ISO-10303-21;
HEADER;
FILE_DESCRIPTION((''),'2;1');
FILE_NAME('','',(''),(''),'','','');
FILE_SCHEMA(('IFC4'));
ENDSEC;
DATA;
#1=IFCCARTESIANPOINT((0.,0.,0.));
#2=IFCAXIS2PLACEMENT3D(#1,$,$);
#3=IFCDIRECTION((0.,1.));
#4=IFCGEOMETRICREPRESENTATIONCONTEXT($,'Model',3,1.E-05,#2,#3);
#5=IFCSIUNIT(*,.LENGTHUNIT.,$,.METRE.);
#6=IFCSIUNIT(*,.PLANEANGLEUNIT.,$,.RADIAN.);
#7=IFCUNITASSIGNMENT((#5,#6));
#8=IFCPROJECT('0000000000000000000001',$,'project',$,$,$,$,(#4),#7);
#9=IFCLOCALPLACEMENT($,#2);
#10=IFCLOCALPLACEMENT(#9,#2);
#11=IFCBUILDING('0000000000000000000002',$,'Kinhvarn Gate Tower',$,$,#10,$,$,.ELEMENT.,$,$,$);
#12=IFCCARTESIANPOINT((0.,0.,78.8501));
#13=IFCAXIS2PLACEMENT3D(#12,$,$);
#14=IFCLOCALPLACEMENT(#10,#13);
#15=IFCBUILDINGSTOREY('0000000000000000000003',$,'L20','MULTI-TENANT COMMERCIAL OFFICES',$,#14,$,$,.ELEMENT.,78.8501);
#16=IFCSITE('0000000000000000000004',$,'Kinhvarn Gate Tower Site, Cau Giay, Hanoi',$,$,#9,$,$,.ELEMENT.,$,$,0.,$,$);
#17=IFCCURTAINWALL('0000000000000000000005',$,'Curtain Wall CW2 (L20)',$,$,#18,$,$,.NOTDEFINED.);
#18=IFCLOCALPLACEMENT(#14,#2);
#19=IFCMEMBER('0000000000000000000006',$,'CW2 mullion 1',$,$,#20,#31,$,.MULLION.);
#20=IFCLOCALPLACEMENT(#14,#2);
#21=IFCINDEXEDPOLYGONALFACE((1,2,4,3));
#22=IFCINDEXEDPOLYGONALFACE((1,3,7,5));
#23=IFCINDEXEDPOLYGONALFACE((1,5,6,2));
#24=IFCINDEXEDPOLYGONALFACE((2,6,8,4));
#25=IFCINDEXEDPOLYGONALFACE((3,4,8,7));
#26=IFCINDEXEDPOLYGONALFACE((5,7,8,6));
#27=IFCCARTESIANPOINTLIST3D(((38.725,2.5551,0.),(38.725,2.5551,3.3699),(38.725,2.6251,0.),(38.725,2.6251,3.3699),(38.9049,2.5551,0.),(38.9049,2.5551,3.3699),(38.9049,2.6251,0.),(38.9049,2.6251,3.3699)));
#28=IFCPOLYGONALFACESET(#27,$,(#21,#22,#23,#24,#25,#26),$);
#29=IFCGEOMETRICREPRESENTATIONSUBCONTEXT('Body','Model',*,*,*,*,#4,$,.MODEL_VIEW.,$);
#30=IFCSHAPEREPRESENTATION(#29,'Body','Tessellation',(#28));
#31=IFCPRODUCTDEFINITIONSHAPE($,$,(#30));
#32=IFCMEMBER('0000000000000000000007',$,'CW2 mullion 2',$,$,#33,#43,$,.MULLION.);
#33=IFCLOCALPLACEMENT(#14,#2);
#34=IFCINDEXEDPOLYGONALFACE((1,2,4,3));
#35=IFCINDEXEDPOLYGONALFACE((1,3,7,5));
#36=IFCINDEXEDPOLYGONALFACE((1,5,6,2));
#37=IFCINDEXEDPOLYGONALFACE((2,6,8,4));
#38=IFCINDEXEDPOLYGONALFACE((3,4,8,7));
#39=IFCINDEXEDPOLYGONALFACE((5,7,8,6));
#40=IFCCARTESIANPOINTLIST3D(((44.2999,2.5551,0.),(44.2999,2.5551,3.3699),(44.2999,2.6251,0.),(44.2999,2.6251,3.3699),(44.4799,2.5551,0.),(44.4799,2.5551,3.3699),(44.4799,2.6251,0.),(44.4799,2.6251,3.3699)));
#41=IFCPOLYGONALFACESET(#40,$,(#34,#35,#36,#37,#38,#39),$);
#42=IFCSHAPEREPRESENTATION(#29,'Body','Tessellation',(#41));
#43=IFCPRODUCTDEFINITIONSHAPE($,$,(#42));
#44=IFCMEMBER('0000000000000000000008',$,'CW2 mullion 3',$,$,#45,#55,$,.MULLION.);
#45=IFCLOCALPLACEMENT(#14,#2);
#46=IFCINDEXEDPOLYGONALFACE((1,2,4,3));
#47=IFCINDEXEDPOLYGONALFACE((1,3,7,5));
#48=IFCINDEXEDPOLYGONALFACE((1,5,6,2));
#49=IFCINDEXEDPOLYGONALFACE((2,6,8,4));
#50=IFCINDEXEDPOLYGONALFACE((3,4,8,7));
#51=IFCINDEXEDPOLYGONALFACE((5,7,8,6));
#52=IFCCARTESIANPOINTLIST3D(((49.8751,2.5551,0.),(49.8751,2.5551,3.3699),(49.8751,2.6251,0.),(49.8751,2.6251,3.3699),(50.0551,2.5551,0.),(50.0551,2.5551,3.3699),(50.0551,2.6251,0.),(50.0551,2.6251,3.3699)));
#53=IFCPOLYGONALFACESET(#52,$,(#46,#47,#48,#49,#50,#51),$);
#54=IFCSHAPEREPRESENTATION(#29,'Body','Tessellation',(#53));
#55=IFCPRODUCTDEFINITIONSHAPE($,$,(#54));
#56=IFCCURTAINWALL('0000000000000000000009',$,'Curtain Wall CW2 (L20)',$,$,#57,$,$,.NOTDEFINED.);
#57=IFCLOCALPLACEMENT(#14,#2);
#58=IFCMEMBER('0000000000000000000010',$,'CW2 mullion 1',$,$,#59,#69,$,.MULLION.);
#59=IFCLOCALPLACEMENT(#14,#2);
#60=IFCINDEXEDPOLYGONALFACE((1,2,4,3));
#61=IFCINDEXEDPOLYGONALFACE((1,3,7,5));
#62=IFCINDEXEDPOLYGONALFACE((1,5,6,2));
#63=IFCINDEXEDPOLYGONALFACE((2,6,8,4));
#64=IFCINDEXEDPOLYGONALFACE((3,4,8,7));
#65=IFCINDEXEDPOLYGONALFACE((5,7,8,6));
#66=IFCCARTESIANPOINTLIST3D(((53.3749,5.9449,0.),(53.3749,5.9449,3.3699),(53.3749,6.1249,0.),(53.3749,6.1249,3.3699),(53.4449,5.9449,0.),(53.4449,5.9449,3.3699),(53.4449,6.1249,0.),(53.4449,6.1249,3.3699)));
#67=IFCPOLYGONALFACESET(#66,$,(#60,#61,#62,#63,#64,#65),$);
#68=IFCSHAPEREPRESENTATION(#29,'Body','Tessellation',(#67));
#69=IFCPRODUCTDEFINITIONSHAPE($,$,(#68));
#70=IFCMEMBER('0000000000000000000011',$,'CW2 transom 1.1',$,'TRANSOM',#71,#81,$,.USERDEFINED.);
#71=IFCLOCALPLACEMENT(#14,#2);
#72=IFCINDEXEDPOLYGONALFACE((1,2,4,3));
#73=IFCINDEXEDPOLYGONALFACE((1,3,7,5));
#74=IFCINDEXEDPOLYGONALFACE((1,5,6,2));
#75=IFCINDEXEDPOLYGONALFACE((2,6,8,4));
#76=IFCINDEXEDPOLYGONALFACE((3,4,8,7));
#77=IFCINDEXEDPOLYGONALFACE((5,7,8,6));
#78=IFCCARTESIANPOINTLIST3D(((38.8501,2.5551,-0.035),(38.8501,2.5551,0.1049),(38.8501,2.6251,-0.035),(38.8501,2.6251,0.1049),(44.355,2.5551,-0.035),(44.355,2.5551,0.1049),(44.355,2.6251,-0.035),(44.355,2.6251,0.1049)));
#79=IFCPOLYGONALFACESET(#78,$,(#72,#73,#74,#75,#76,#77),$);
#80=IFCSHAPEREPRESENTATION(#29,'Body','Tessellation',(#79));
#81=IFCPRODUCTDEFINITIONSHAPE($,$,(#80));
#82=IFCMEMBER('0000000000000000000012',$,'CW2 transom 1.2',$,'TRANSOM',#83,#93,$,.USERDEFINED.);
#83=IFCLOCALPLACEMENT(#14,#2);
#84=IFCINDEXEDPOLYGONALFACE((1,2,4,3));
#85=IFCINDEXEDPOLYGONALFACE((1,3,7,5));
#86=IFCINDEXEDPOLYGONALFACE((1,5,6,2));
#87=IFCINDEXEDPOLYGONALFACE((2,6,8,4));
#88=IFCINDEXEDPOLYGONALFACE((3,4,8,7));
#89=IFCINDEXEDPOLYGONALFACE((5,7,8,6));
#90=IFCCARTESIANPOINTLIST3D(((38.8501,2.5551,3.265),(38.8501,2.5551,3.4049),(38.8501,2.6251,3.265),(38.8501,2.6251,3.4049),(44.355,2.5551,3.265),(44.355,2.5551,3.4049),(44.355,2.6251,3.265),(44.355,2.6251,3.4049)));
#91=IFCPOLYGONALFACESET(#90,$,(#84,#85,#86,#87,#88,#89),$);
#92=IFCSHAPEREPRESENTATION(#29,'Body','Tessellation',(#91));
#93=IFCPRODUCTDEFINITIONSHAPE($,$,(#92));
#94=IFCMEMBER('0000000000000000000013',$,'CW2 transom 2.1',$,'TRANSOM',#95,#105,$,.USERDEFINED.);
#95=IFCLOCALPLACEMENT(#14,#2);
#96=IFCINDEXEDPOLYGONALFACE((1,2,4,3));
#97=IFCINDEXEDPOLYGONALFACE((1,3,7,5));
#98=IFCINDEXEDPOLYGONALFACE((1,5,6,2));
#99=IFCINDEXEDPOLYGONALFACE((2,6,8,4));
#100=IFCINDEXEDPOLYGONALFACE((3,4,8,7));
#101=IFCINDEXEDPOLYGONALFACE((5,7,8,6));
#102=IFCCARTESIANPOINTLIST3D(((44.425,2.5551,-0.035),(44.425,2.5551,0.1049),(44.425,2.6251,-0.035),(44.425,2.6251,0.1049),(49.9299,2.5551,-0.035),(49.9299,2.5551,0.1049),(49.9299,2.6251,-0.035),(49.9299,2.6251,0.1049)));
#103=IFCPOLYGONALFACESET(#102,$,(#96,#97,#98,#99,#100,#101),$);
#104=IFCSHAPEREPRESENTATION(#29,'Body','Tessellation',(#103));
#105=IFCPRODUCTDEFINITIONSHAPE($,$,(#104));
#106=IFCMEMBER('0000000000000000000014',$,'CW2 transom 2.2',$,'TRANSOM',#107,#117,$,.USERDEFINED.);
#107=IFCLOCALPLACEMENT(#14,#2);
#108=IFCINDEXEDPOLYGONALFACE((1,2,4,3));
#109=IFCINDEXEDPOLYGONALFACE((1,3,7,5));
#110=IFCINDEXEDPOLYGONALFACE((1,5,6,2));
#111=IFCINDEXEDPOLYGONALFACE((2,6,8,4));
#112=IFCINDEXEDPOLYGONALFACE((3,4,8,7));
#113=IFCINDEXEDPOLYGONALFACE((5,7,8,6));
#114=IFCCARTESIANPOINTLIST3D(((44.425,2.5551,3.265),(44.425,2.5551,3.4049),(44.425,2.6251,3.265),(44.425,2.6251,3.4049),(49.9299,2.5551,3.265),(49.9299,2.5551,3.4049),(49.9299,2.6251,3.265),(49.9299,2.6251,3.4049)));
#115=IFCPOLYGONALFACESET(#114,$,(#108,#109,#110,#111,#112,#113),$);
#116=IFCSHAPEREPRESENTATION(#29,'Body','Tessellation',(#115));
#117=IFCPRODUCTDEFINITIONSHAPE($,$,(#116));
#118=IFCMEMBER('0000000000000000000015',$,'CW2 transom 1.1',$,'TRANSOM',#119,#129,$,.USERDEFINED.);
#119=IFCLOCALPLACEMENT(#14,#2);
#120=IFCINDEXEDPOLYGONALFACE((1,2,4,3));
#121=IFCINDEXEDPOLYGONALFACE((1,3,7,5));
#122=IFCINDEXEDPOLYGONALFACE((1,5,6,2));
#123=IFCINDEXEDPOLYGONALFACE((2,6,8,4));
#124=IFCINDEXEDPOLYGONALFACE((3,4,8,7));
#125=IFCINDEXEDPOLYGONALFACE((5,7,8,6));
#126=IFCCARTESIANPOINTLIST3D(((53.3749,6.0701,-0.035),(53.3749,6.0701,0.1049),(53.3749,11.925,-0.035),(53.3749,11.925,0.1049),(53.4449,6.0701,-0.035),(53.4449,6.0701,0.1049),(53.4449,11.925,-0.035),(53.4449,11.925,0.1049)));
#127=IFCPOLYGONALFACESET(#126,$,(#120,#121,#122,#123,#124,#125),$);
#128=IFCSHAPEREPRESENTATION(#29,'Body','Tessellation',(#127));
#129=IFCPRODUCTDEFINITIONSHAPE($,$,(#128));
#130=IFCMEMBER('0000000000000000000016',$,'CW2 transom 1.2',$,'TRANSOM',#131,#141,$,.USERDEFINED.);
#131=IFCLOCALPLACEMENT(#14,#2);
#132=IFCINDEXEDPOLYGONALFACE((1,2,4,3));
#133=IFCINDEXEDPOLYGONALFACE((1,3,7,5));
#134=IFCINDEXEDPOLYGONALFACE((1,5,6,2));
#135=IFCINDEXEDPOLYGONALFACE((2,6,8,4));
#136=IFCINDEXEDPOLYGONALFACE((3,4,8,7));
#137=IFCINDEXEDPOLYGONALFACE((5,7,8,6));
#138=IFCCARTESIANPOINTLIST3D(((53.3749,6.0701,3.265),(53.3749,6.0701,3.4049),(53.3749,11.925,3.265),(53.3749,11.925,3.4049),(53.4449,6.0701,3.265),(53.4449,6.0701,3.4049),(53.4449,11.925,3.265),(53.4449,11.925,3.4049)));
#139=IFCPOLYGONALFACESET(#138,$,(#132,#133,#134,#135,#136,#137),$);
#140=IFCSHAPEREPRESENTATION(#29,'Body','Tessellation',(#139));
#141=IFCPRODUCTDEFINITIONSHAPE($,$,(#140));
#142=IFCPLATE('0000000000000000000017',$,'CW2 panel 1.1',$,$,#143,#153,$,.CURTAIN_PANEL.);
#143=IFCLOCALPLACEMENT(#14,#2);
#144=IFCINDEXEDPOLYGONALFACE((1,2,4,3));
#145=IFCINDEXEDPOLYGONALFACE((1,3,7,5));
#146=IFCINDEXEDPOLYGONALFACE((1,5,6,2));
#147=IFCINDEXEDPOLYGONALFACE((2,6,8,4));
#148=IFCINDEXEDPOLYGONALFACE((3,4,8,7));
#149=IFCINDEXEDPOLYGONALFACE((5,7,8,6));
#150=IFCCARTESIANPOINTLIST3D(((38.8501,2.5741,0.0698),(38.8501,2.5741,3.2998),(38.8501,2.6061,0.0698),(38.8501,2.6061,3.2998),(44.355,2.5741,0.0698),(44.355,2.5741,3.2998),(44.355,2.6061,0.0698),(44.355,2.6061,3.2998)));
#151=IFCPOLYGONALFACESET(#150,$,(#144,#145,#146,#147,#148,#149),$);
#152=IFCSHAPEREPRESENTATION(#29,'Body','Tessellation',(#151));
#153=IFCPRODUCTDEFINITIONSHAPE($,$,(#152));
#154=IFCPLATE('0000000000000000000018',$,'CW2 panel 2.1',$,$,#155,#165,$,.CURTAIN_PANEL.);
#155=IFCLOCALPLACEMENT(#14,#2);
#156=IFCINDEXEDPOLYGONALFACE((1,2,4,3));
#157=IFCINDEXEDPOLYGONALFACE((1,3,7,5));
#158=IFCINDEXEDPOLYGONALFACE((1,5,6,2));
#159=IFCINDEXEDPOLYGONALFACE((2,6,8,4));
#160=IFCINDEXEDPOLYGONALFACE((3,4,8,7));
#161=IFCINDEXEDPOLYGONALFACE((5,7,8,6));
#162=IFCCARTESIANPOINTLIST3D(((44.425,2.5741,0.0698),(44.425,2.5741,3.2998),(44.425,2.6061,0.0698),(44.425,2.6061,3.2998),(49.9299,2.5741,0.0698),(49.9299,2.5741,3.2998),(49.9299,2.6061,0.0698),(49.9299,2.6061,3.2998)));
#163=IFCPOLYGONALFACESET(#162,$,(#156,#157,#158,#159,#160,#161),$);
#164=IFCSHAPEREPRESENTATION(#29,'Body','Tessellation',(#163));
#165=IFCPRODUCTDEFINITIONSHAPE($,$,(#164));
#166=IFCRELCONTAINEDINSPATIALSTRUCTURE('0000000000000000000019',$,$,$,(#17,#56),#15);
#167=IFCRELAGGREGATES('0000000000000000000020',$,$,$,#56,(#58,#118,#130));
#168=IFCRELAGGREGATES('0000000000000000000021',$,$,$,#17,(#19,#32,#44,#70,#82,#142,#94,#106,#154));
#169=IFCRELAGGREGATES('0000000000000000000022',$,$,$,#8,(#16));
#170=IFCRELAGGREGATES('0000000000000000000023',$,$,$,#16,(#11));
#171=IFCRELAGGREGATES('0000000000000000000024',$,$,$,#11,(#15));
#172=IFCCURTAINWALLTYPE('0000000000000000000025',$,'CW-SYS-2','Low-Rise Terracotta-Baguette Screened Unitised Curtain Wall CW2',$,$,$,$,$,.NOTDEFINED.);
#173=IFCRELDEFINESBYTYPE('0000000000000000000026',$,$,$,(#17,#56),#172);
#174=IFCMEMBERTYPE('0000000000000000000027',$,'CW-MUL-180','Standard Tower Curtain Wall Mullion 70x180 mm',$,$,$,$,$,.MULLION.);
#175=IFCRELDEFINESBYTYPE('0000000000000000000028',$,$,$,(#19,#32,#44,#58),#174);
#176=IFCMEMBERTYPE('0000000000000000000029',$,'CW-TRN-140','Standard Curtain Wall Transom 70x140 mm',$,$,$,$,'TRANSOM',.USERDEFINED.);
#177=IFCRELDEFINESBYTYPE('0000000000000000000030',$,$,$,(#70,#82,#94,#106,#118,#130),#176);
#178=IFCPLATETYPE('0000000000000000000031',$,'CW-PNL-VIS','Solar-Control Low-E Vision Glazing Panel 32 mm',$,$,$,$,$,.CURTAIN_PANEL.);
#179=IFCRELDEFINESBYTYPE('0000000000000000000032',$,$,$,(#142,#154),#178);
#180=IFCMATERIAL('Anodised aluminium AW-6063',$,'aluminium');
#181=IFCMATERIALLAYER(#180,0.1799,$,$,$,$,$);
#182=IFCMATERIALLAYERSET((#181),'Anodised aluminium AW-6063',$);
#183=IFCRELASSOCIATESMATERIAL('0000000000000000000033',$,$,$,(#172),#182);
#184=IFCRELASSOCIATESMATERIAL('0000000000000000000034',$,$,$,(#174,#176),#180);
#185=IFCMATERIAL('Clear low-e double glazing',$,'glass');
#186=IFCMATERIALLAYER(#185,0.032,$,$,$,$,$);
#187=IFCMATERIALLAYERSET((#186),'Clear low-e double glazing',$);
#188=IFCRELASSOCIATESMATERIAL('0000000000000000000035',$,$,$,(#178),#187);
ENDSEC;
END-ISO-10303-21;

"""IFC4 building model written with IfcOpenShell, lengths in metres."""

from ifc_helpers import new_model, si_unit, direction, frame, origin, origin_2d, place, context, subcontext, project, spatial, rectangle, extrude, material, layer, layer_set, material_profile, profile_set, type_object, element, aggregate, save


model = new_model("IFC4")

# Units and contexts
model_context = context("Model", 3, precision=1e-05, world=origin(), true_north=direction((0.0, 1.0)))
body_context = subcontext(model_context, "Body", "Model", "MODEL_VIEW")
ifc_project = project(units=[si_unit("LENGTHUNIT", "METRE"), si_unit("PLANEANGLEUNIT", "RADIAN")], contexts=[model_context])

# Site, building, storey
site_placement = place(None, origin())
site = spatial("IfcSite", under=ifc_project, at=site_placement, Name="Kinhvarn Gate Tower Site, Cau Giay, Hanoi", CompositionType="ELEMENT", RefElevation=0.0)
building_placement = place(site_placement, origin())
building = spatial("IfcBuilding", under=site, at=building_placement, Name="Kinhvarn Gate Tower", CompositionType="ELEMENT")
storey_placement = place(building_placement, frame((0.0, 0.0, 78.8501)))
storey = spatial("IfcBuildingStorey", under=building, at=storey_placement, Name="L20", Description="MULTI-TENANT COMMERCIAL OFFICES", CompositionType="ELEMENT", Elevation=78.8501)

# Curtain wall, members
ifc_material_1 = material(Name="Anodised aluminium AW-6063", Category="aluminium")
ifc_layer_1 = layer(ifc_material_1, 0.1799)
ifc_layer_set_1 = layer_set([ifc_layer_1], Name="Anodised aluminium AW-6063")
curtain_wall_type = type_object("IfcCurtainWallType", Name="CW-SYS-2", Description="Low-Rise Terracotta-Baguette Screened Unitised Curtain Wall CW2", PredefinedType="NOTDEFINED", material=ifc_layer_set_1)
curtain_wall_1_placement = place(storey_placement, origin())
curtain_wall_1 = element("IfcCurtainWall", 1, at=curtain_wall_1_placement, inside=storey, type_object=curtain_wall_type, Name="Curtain Wall CW2 (L20)", PredefinedType="NOTDEFINED")
ifc_material_profile_1 = material_profile(ifc_material_1, rectangle(XDim=0.0701, YDim=0.1799, at=origin_2d()), Name="ALU 70x180")
ifc_profile_set_1 = profile_set([ifc_material_profile_1], Name="Anodised aluminium AW-6063")
member_type_1 = type_object("IfcMemberType", Name="CW-MUL-180", Description="Standard Tower Curtain Wall Mullion 70x180 mm", PredefinedType="MULLION", material=ifc_profile_set_1)
member_1_placement = place(storey_placement, frame((38.8149, 2.5901, 0.0), z_axis=(0.0, 0.0, 1.0), x_axis=(0.0, 1.0, 0.0)))
member_1 = element("IfcMember", 2, at=member_1_placement, type_object=member_type_1, Name="CW2 mullion 1", PredefinedType="MULLION", context=body_context, shape_type="SweptSolid", body=[
    extrude(rectangle(XDim=0.0701, YDim=0.1799, at=origin_2d()), origin(), (0.0, 0.0, 1.0), 3.3699),
])
member_2_placement = place(storey_placement, frame((44.3899, 2.5901, 0.0), z_axis=(0.0, 0.0, 1.0), x_axis=(0.0, 1.0, 0.0)))
member_2 = element("IfcMember", 3, at=member_2_placement, type_object=member_type_1, Name="CW2 mullion 2", PredefinedType="MULLION", context=body_context, shape_type="SweptSolid", body=[
    extrude(rectangle(XDim=0.0701, YDim=0.1799, at=origin_2d()), origin(), (0.0, 0.0, 1.0), 3.3699),
])
member_3_placement = place(storey_placement, frame((49.9651, 2.5901, 0.0), z_axis=(0.0, 0.0, 1.0), x_axis=(0.0, 1.0, 0.0)))
member_3 = element("IfcMember", 4, at=member_3_placement, type_object=member_type_1, Name="CW2 mullion 3", PredefinedType="MULLION", context=body_context, shape_type="SweptSolid", body=[
    extrude(rectangle(XDim=0.0701, YDim=0.1799, at=origin_2d()), origin(), (0.0, 0.0, 1.0), 3.3699),
])

# Curtain wall, member
curtain_wall_2_placement = place(storey_placement, origin())
curtain_wall_2 = element("IfcCurtainWall", 5, at=curtain_wall_2_placement, inside=storey, type_object=curtain_wall_type, Name="Curtain Wall CW2 (L20)", PredefinedType="NOTDEFINED")
member_4_placement = place(storey_placement, frame((53.4099, 6.0349, 0.0), z_axis=(0.0, 0.0, 1.0), x_axis=(-1.0, 0.0, 0.0)))
member_4 = element("IfcMember", 6, at=member_4_placement, type_object=member_type_1, Name="CW2 mullion 1", PredefinedType="MULLION", context=body_context, shape_type="SweptSolid", body=[
    extrude(rectangle(XDim=0.0701, YDim=0.1799, at=origin_2d()), origin(), (0.0, 0.0, 1.0), 3.3699),
])

# Members
ifc_material_profile_2 = material_profile(ifc_material_1, rectangle(XDim=0.0701, YDim=0.1399, at=origin_2d()), Name="ALU 70x140")
ifc_profile_set_2 = profile_set([ifc_material_profile_2], Name="Anodised aluminium AW-6063")
member_type_2 = type_object("IfcMemberType", Name="CW-TRN-140", Description="Standard Curtain Wall Transom 70x140 mm", ElementType="TRANSOM", PredefinedType="USERDEFINED", material=ifc_profile_set_2)
member_5_placement = place(storey_placement, frame((38.8501, 2.5901, 0.0349), z_axis=(1.0, 0.0, 0.0), x_axis=(0.0, 1.0, 0.0)))
member_5 = element("IfcMember", 7, at=member_5_placement, type_object=member_type_2, Name="CW2 transom 1.1", ObjectType="TRANSOM", PredefinedType="USERDEFINED", context=body_context, shape_type="SweptSolid", body=[
    extrude(rectangle(XDim=0.0701, YDim=0.1399, at=origin_2d()), origin(), (0.0, 0.0, 1.0), 5.5049),
])
member_6_placement = place(storey_placement, frame((38.8501, 2.5901, 3.335), z_axis=(1.0, 0.0, 0.0), x_axis=(0.0, 1.0, 0.0)))
member_6 = element("IfcMember", 8, at=member_6_placement, type_object=member_type_2, Name="CW2 transom 1.2", ObjectType="TRANSOM", PredefinedType="USERDEFINED", context=body_context, shape_type="SweptSolid", body=[
    extrude(rectangle(XDim=0.0701, YDim=0.1399, at=origin_2d()), origin(), (0.0, 0.0, 1.0), 5.5049),
])
member_7_placement = place(storey_placement, frame((44.425, 2.5901, 0.0349), z_axis=(1.0, 0.0, 0.0), x_axis=(0.0, 1.0, 0.0)))
member_7 = element("IfcMember", 9, at=member_7_placement, type_object=member_type_2, Name="CW2 transom 2.1", ObjectType="TRANSOM", PredefinedType="USERDEFINED", context=body_context, shape_type="SweptSolid", body=[
    extrude(rectangle(XDim=0.0701, YDim=0.1399, at=origin_2d()), origin(), (0.0, 0.0, 1.0), 5.5049),
])
member_8_placement = place(storey_placement, frame((44.425, 2.5901, 3.335), z_axis=(1.0, 0.0, 0.0), x_axis=(0.0, 1.0, 0.0)))
member_8 = element("IfcMember", 10, at=member_8_placement, type_object=member_type_2, Name="CW2 transom 2.2", ObjectType="TRANSOM", PredefinedType="USERDEFINED", context=body_context, shape_type="SweptSolid", body=[
    extrude(rectangle(XDim=0.0701, YDim=0.1399, at=origin_2d()), origin(), (0.0, 0.0, 1.0), 5.5049),
])
member_9_placement = place(storey_placement, frame((53.4099, 6.0701, 0.0349), z_axis=(0.0, 1.0, 0.0), x_axis=(-1.0, 0.0, 0.0)))
member_9 = element("IfcMember", 11, at=member_9_placement, type_object=member_type_2, Name="CW2 transom 1.1", ObjectType="TRANSOM", PredefinedType="USERDEFINED", context=body_context, shape_type="SweptSolid", body=[
    extrude(rectangle(XDim=0.0701, YDim=0.1399, at=origin_2d()), origin(), (0.0, 0.0, 1.0), 5.855),
])
member_10_placement = place(storey_placement, frame((53.4099, 6.0701, 3.335), z_axis=(0.0, 1.0, 0.0), x_axis=(-1.0, 0.0, 0.0)))
member_10 = element("IfcMember", 12, at=member_10_placement, type_object=member_type_2, Name="CW2 transom 1.2", ObjectType="TRANSOM", PredefinedType="USERDEFINED", context=body_context, shape_type="SweptSolid", body=[
    extrude(rectangle(XDim=0.0701, YDim=0.1399, at=origin_2d()), origin(), (0.0, 0.0, 1.0), 5.855),
])
aggregate(curtain_wall_2, [member_4, member_9, member_10])

# Plates
ifc_material_2 = material(Name="Clear low-e double glazing", Category="glass")
ifc_layer_2 = layer(ifc_material_2, 0.032)
ifc_layer_set_2 = layer_set([ifc_layer_2], Name="Clear low-e double glazing")
plate_type = type_object("IfcPlateType", Name="CW-PNL-VIS", Description="Solar-Control Low-E Vision Glazing Panel 32 mm", PredefinedType="CURTAIN_PANEL", material=ifc_layer_set_2)
plate_1_placement = place(storey_placement, frame((41.6025, 2.5901, 0.0698), z_axis=(0.0, 0.0, 1.0), x_axis=(1.0, 0.0, 0.0)))
plate_1 = element("IfcPlate", 13, at=plate_1_placement, type_object=plate_type, Name="CW2 panel 1.1", PredefinedType="CURTAIN_PANEL", context=body_context, shape_type="SweptSolid", body=[
    extrude(rectangle(XDim=5.5049, YDim=0.032, at=origin_2d()), origin(), (0.0, 0.0, 1.0), 3.23),
])
plate_2_placement = place(storey_placement, frame((47.1775, 2.5901, 0.0698), z_axis=(0.0, 0.0, 1.0), x_axis=(1.0, 0.0, 0.0)))
plate_2 = element("IfcPlate", 14, at=plate_2_placement, type_object=plate_type, Name="CW2 panel 2.1", PredefinedType="CURTAIN_PANEL", context=body_context, shape_type="SweptSolid", body=[
    extrude(rectangle(XDim=5.5049, YDim=0.032, at=origin_2d()), origin(), (0.0, 0.0, 1.0), 3.23),
])
aggregate(curtain_wall_1, [member_1, member_2, member_3, member_5, member_6, plate_1, member_7, member_8, plate_2])

save(model, "model.ifc")
